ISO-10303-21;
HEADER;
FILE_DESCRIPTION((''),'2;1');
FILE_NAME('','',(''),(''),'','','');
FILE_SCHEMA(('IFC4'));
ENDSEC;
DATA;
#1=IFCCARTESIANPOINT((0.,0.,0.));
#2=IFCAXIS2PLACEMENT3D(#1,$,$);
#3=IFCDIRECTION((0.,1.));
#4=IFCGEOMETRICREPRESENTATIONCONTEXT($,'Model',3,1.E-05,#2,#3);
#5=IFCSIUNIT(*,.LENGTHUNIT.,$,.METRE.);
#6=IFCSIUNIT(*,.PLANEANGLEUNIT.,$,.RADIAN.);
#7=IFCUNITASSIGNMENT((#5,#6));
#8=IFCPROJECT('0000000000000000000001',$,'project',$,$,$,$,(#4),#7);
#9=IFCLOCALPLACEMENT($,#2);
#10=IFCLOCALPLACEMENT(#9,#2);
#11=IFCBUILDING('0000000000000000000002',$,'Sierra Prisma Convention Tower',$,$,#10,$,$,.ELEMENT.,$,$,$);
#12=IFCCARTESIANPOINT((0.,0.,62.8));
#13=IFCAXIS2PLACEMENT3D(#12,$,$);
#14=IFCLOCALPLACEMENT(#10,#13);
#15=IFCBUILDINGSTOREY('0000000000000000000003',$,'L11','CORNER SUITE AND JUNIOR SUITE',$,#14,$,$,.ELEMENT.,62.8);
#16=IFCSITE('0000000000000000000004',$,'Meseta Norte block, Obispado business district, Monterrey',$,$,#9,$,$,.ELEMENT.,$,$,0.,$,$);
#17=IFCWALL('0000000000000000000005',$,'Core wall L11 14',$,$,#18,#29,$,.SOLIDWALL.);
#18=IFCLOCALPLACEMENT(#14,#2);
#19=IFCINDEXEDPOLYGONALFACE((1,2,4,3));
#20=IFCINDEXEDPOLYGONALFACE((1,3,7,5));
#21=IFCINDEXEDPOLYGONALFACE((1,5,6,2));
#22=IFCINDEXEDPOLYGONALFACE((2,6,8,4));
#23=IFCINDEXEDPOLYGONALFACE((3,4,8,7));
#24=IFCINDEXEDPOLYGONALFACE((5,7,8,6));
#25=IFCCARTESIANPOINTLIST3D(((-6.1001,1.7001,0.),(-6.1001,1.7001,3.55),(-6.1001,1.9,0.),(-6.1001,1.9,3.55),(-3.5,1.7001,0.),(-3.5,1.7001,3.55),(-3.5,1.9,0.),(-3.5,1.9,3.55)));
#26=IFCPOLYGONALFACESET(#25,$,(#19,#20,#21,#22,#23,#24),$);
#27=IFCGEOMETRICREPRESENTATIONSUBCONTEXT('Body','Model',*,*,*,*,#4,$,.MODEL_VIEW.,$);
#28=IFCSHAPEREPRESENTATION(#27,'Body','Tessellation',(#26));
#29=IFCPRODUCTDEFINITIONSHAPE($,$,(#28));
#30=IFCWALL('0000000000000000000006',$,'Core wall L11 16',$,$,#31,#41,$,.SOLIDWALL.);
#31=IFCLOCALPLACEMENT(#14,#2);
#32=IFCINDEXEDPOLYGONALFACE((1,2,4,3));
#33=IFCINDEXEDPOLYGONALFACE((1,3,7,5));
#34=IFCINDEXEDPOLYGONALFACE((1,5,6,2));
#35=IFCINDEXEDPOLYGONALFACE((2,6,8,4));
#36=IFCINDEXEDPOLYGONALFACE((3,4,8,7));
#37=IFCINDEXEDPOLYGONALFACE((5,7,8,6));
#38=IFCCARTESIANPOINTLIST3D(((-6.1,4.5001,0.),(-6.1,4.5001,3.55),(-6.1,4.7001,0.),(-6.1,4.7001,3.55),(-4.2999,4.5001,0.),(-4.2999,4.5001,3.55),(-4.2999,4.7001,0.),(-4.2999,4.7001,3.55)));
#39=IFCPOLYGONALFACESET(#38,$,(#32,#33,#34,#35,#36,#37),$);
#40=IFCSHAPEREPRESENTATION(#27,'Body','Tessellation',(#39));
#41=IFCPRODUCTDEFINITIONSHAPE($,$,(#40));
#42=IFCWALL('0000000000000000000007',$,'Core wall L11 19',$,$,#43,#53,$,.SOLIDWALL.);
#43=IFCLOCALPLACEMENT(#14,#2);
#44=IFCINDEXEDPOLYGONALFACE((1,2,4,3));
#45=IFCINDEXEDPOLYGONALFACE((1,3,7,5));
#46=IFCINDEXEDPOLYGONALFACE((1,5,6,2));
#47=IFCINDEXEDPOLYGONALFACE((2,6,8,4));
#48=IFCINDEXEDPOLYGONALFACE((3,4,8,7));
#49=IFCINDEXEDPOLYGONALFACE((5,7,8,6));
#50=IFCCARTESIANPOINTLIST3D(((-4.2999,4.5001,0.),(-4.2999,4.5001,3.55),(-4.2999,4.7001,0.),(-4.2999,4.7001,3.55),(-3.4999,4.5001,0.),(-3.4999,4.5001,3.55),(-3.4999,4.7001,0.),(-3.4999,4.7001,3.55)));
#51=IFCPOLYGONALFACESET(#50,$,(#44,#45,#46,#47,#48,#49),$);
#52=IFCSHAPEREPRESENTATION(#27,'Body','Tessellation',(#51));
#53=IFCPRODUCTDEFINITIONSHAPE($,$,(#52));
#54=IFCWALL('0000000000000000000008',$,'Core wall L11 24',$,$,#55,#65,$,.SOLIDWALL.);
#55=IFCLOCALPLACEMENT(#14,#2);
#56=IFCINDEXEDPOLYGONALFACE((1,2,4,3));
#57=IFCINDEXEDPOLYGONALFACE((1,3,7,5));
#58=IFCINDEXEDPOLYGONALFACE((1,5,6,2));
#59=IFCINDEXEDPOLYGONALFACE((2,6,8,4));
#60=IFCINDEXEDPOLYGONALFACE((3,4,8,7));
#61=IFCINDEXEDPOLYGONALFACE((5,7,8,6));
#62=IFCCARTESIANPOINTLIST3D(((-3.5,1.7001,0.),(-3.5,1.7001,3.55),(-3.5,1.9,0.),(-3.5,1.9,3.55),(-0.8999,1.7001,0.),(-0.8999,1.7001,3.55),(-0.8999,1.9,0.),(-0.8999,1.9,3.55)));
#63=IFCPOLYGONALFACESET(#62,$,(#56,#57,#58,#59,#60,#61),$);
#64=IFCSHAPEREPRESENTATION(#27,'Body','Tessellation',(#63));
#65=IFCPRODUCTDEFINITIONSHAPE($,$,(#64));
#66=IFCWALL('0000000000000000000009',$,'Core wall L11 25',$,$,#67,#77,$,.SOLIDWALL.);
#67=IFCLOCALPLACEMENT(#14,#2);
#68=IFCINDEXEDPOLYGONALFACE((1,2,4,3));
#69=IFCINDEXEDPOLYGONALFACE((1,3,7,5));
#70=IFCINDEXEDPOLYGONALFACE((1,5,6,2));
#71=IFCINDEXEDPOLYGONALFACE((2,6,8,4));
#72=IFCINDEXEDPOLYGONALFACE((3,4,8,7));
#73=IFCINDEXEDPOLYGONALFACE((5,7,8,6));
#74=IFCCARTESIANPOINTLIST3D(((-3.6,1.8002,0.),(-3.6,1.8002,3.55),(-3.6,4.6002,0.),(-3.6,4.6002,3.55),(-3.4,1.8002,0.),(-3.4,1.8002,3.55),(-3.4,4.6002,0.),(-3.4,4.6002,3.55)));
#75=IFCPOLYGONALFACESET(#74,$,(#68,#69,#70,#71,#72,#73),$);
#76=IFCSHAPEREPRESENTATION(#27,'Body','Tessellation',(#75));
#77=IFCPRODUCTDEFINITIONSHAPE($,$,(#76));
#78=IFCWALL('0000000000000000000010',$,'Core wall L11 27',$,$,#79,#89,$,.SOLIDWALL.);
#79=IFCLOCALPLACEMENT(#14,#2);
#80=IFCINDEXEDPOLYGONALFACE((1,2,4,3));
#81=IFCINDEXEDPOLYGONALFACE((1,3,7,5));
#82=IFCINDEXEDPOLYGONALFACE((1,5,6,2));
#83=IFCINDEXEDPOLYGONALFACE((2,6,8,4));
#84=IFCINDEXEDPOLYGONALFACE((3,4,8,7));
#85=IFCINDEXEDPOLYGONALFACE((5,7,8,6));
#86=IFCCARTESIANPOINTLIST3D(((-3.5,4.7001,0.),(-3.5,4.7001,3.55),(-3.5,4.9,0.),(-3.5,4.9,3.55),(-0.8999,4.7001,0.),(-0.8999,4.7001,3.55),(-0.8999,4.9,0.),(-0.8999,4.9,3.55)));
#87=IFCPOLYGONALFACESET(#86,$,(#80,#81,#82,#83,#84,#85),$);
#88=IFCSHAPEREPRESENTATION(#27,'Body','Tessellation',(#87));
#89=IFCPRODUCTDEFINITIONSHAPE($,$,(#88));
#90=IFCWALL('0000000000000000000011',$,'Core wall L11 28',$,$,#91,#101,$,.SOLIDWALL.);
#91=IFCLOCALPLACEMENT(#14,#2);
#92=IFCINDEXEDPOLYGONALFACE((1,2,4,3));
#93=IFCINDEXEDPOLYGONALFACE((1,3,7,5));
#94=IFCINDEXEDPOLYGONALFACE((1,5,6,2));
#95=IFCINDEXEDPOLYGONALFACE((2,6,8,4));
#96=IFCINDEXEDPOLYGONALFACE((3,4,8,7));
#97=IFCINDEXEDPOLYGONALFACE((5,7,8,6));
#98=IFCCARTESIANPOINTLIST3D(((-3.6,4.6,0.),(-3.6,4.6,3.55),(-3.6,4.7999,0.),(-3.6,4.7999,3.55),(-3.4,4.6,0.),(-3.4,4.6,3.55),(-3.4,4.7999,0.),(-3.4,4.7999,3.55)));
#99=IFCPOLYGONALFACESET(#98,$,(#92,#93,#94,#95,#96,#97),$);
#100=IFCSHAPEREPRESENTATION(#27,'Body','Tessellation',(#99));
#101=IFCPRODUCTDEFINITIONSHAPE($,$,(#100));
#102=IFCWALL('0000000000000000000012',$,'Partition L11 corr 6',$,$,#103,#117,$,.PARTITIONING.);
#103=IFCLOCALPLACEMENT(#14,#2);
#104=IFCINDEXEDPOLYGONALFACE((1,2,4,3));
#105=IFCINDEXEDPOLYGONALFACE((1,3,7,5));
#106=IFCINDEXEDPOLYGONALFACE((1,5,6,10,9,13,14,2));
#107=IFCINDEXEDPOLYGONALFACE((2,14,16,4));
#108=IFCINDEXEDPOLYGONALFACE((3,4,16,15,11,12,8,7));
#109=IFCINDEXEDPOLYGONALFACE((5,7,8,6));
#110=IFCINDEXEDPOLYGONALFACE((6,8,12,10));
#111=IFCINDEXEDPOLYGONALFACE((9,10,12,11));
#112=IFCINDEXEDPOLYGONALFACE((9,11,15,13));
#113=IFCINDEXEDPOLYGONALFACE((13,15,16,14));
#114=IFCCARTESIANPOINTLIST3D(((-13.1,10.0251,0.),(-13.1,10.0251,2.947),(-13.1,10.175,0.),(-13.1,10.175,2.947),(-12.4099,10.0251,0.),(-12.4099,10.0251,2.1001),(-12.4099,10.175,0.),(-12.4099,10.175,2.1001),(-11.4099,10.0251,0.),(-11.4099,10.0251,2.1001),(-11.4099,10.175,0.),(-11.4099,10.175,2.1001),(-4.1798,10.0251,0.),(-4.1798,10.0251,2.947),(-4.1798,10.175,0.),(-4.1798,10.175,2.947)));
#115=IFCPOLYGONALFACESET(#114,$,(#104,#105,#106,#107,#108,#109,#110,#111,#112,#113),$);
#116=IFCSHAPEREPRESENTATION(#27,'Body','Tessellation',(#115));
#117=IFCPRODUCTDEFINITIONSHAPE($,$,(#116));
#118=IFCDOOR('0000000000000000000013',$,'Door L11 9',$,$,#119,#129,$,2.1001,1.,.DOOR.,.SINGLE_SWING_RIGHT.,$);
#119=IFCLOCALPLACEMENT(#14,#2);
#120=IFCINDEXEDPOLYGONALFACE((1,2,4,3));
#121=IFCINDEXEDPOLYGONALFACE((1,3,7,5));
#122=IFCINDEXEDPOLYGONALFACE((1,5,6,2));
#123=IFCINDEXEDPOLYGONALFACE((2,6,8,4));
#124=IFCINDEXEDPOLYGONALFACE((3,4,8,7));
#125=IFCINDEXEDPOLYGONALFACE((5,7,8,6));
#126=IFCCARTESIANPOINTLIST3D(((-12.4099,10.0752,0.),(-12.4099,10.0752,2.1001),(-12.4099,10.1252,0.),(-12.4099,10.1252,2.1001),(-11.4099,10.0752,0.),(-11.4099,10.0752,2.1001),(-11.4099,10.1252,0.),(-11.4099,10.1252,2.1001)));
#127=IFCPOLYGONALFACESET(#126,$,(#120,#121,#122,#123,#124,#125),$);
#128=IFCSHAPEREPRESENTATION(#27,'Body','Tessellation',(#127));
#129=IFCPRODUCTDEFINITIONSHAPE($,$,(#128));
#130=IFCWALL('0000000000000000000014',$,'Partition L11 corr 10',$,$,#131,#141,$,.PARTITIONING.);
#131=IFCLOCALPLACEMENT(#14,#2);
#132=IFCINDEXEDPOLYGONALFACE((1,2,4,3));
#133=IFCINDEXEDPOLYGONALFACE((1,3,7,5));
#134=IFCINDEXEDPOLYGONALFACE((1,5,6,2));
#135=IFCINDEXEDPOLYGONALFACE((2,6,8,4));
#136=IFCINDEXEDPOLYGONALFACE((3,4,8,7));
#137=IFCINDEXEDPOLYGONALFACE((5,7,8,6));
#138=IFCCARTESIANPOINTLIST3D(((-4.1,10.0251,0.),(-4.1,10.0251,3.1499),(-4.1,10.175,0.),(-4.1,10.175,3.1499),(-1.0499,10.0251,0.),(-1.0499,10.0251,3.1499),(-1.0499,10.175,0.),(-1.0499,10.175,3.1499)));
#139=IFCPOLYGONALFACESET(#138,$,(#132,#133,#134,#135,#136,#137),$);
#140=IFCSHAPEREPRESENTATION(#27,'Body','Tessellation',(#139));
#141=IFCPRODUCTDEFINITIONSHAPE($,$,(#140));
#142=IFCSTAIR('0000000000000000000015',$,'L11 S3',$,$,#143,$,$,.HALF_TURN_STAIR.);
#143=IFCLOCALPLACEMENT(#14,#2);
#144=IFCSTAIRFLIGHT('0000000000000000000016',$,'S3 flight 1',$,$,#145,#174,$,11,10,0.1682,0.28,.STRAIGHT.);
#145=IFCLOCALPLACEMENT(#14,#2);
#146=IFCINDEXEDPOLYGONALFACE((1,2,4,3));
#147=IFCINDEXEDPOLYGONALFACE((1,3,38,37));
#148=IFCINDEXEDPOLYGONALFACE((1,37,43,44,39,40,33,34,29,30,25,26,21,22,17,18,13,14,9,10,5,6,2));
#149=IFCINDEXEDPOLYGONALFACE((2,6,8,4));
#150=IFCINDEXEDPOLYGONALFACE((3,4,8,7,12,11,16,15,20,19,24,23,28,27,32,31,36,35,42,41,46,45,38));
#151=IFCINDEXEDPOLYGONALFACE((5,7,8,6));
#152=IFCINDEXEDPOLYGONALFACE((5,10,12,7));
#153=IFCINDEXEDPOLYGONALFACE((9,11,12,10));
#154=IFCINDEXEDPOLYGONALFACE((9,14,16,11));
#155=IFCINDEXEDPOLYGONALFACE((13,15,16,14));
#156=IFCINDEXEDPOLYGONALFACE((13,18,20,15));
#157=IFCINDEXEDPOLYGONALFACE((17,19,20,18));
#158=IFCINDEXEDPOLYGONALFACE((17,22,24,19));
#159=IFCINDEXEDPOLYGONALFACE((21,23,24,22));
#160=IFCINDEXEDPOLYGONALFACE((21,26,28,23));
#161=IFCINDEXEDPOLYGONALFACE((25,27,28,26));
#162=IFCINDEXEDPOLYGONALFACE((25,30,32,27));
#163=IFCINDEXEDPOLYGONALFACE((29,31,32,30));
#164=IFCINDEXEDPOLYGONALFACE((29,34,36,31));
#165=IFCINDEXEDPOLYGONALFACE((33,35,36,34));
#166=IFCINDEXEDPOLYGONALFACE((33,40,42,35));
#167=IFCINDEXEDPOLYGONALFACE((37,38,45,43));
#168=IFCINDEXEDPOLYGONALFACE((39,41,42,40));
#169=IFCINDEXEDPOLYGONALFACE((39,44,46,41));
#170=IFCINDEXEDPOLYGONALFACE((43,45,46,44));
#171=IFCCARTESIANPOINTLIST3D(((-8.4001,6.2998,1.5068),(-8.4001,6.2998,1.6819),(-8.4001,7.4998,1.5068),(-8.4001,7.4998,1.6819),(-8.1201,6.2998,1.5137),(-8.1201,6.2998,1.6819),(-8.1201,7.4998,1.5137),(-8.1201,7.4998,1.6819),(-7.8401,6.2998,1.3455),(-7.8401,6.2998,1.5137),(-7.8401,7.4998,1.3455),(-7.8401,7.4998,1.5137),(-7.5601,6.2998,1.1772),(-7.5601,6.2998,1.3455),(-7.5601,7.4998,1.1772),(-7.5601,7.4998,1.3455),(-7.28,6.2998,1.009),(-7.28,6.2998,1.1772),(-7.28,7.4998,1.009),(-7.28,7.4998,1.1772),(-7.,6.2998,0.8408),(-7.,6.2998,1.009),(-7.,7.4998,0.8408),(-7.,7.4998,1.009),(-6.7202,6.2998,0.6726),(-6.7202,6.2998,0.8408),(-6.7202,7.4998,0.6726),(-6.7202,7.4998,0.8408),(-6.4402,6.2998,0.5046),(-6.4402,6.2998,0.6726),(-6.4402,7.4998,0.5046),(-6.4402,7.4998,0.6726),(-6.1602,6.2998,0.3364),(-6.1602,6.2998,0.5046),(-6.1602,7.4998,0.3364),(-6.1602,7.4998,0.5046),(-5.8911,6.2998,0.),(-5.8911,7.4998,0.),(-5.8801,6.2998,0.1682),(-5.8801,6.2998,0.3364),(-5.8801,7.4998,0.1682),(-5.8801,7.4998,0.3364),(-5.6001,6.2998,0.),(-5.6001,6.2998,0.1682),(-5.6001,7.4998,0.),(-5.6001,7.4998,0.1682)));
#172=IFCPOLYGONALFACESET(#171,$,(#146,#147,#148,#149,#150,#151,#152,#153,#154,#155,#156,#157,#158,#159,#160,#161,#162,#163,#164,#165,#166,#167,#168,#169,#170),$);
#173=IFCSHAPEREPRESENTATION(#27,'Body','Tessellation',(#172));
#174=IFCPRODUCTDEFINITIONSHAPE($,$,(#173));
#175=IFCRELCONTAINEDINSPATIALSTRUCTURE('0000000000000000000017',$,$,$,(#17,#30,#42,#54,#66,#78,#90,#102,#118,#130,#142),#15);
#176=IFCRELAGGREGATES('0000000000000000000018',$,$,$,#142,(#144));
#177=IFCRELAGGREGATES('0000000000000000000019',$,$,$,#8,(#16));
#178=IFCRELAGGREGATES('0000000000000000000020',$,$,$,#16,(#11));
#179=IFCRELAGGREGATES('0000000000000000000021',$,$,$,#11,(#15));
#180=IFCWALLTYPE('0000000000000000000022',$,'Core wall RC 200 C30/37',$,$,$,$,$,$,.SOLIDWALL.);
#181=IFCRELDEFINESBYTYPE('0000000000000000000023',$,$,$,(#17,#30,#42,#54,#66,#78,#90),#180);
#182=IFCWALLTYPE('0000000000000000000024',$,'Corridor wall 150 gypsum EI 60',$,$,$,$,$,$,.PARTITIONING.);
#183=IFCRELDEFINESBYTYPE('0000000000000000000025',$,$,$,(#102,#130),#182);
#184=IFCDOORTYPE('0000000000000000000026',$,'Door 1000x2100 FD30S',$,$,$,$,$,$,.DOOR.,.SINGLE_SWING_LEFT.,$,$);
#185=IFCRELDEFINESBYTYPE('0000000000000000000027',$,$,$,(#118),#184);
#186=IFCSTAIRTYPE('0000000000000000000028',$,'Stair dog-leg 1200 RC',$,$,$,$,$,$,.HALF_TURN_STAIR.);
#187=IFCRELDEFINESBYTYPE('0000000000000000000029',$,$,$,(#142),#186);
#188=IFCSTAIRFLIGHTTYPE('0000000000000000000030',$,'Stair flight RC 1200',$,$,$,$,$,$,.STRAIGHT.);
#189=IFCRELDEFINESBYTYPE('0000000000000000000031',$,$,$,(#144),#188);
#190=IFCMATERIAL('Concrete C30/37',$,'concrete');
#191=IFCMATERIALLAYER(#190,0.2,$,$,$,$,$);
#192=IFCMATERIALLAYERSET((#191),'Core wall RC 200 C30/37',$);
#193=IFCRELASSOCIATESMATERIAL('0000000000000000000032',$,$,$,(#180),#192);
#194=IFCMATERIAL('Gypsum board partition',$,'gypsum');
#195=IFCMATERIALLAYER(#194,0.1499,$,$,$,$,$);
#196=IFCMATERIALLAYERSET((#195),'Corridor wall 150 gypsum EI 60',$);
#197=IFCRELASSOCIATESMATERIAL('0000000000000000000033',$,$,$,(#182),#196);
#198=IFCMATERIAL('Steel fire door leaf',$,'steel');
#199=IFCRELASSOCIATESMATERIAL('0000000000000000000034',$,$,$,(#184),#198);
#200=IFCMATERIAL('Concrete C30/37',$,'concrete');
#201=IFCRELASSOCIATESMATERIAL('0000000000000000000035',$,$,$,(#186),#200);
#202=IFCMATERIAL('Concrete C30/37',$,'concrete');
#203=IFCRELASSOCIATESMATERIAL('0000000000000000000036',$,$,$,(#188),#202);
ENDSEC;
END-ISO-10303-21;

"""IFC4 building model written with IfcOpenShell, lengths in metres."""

from ifc_helpers import new_model, si_unit, direction, frame, frame_2d, origin, place, context, subcontext, project, spatial, polyline, rectangle, outline, extrude, material, layer, layer_set, type_object, element, fill, aggregate, save


model = new_model("IFC4")

# Units and contexts
model_context = context("Model", 3, precision=1e-05, world=origin(), true_north=direction((0.0, 1.0)))
body_context = subcontext(model_context, "Body", "Model", "MODEL_VIEW")
ifc_project = project(units=[si_unit("LENGTHUNIT", "METRE"), si_unit("PLANEANGLEUNIT", "RADIAN")], contexts=[model_context])

# Site, building, storey
site_placement = place(None, origin())
site = spatial("IfcSite", under=ifc_project, at=site_placement, Name="Meseta Norte block, Obispado business district, Monterrey", CompositionType="ELEMENT", RefElevation=0.0)
building_placement = place(site_placement, origin())
building = spatial("IfcBuilding", under=site, at=building_placement, Name="Sierra Prisma Convention Tower", CompositionType="ELEMENT")
storey_placement = place(building_placement, frame((0.0, 0.0, 62.8)))
storey = spatial("IfcBuildingStorey", under=building, at=storey_placement, Name="L11", Description="CORNER SUITE AND JUNIOR SUITE", CompositionType="ELEMENT", Elevation=62.8)

# Walls
ifc_material_1 = material(Name="Concrete C30/37", Category="concrete")
ifc_layer_1 = layer(ifc_material_1, 0.2)
ifc_layer_set_1 = layer_set([ifc_layer_1], Name="Core wall RC 200 C30/37")
wall_type_1 = type_object("IfcWallType", Name="Core wall RC 200 C30/37", PredefinedType="SOLIDWALL", material=ifc_layer_set_1)
wall_1_placement = place(storey_placement, frame((-3.5, 1.8, 0.0), z_axis=(0.0, 0.0, 1.0), x_axis=(-1.0, 0.0, 0.0)))
element("IfcWall", 1, at=wall_1_placement, inside=storey, type_object=wall_type_1, Name="Core wall L11 14", PredefinedType="SOLIDWALL", context=body_context, shape_type="SweptSolid", body=[
    extrude(rectangle(XDim=2.6001, YDim=0.2, at=frame_2d((1.3, 0.0))), origin(), (0.0, 0.0, 1.0), 3.55),
])
wall_2_placement = place(storey_placement, frame((-4.3, 4.6001, 0.0), z_axis=(0.0, 0.0, 1.0), x_axis=(-1.0, 0.0, 0.0)))
element("IfcWall", 2, at=wall_2_placement, inside=storey, type_object=wall_type_1, Name="Core wall L11 16", PredefinedType="SOLIDWALL", context=body_context, shape_type="SweptSolid", body=[
    extrude(rectangle(XDim=1.8, YDim=0.2, at=frame_2d((0.8999, 0.0))), origin(), (0.0, 0.0, 1.0), 3.55),
])
wall_3_placement = place(storey_placement, frame((-3.5, 4.6001, 0.0), z_axis=(0.0, 0.0, 1.0), x_axis=(-1.0, 0.0, 0.0)))
element("IfcWall", 3, at=wall_3_placement, inside=storey, type_object=wall_type_1, Name="Core wall L11 19", PredefinedType="SOLIDWALL", context=body_context, shape_type="SweptSolid", body=[
    extrude(rectangle(XDim=0.8, YDim=0.2, at=frame_2d((0.3999, 0.0))), origin(), (0.0, 0.0, 1.0), 3.55),
])

# Walls
wall_4_placement = place(storey_placement, frame((-0.8999, 1.8, 0.0), z_axis=(0.0, 0.0, 1.0), x_axis=(-1.0, 0.0, 0.0)))
element("IfcWall", 4, at=wall_4_placement, inside=storey, type_object=wall_type_1, Name="Core wall L11 24", PredefinedType="SOLIDWALL", context=body_context, shape_type="SweptSolid", body=[
    extrude(rectangle(XDim=2.6001, YDim=0.2, at=frame_2d((1.3, 0.0))), origin(), (0.0, 0.0, 1.0), 3.55),
])
wall_5_placement = place(storey_placement, frame((-3.5, 4.6001, 0.0), z_axis=(0.0, 0.0, 1.0), x_axis=(0.0, -1.0, 0.0)))
element("IfcWall", 5, at=wall_5_placement, inside=storey, type_object=wall_type_1, Name="Core wall L11 25", PredefinedType="SOLIDWALL", context=body_context, shape_type="SweptSolid", body=[
    extrude(rectangle(XDim=2.8, YDim=0.2, at=frame_2d((1.3999, 0.0))), origin(), (0.0, 0.0, 1.0), 3.55),
])

# Walls
wall_6_placement = place(storey_placement, frame((-0.8999, 4.8, 0.0), z_axis=(0.0, 0.0, 1.0), x_axis=(-1.0, 0.0, 0.0)))
element("IfcWall", 6, at=wall_6_placement, inside=storey, type_object=wall_type_1, Name="Core wall L11 27", PredefinedType="SOLIDWALL", context=body_context, shape_type="SweptSolid", body=[
    extrude(rectangle(XDim=2.6001, YDim=0.2, at=frame_2d((1.3, 0.0))), origin(), (0.0, 0.0, 1.0), 3.55),
])
wall_7_placement = place(storey_placement, frame((-3.5, 4.8, 0.0), z_axis=(0.0, 0.0, 1.0), x_axis=(0.0, -1.0, 0.0)))
element("IfcWall", 7, at=wall_7_placement, inside=storey, type_object=wall_type_1, Name="Core wall L11 28", PredefinedType="SOLIDWALL", context=body_context, shape_type="SweptSolid", body=[
    extrude(rectangle(XDim=0.2, YDim=0.2, at=frame_2d((0.1001, 0.0))), origin(), (0.0, 0.0, 1.0), 3.55),
])

# Wall, opening, door
ifc_material_2 = material(Name="Gypsum board partition", Category="gypsum")
ifc_layer_2 = layer(ifc_material_2, 0.1499)
ifc_layer_set_2 = layer_set([ifc_layer_2], Name="Corridor wall 150 gypsum EI 60")
wall_type_2 = type_object("IfcWallType", Name="Corridor wall 150 gypsum EI 60", PredefinedType="PARTITIONING", material=ifc_layer_set_2)
wall_8_placement = place(storey_placement, frame((-4.1799, 10.1001, 0.0), z_axis=(0.0, 0.0, 1.0), x_axis=(-1.0, 0.0, 0.0)))
wall_8 = element("IfcWall", 8, at=wall_8_placement, inside=storey, type_object=wall_type_2, Name="Partition L11 corr 6", PredefinedType="PARTITIONING", context=body_context, shape_type="SweptSolid", body=[
    extrude(rectangle(XDim=8.9202, YDim=0.1499, at=frame_2d((4.46, 0.0))), origin(), (0.0, 0.0, 1.0), 2.947),
])
opening_1_placement = place(wall_8_placement, frame((7.23, 0.0, 0.0)))
opening_1 = element("IfcOpeningElement", 9, at=opening_1_placement, cuts=wall_8, PredefinedType="OPENING", context=body_context, shape_type="SweptSolid", body=[
    extrude(rectangle(XDim=1.0, YDim=2.1001, at=frame_2d((0.5, 1.05))), frame((0.0, 0.075, 0.0), z_axis=(0.0, -1.0, 0.0), x_axis=(1.0, 0.0, 0.0)), (0.0, 0.0, 1.0), 0.1499),
])
ifc_material_3 = material(Name="Steel fire door leaf", Category="steel")
door_type_1 = type_object("IfcDoorType", Name="Door 1000x2100 FD30S", OperationType="SINGLE_SWING_LEFT", PredefinedType="DOOR", material=ifc_material_3)
door_1_placement = place(opening_1_placement, origin())
door_1 = element("IfcDoor", 10, at=door_1_placement, inside=storey, type_object=door_type_1, Name="Door L11 9", OperationType="SINGLE_SWING_RIGHT", OverallHeight=2.1001, OverallWidth=1.0, PredefinedType="DOOR", context=body_context, shape_type="SweptSolid", body=[
    extrude(rectangle(XDim=1.0, YDim=2.1001, at=frame_2d((0.5, 1.05))), frame((0.0, 0.0249, 0.0), z_axis=(0.0, -1.0, 0.0), x_axis=(1.0, 0.0, 0.0)), (0.0, 0.0, 1.0), 0.05),
])
fill(opening_1, door_1)

# Wall
wall_9_placement = place(storey_placement, frame((-1.05, 10.1001, 0.0), z_axis=(0.0, 0.0, 1.0), x_axis=(-1.0, 0.0, 0.0)))
element("IfcWall", 11, at=wall_9_placement, inside=storey, type_object=wall_type_2, Name="Partition L11 corr 10", PredefinedType="PARTITIONING", context=body_context, shape_type="SweptSolid", body=[
    extrude(rectangle(XDim=3.05, YDim=0.1499, at=frame_2d((1.5249, 0.0))), origin(), (0.0, 0.0, 1.0), 3.1499),
])

# Stair, stair flight
ifc_material_4 = material(Name="Concrete C30/37", Category="concrete")
stair_type = type_object("IfcStairType", Name="Stair dog-leg 1200 RC", PredefinedType="HALF_TURN_STAIR", material=ifc_material_4)
stair_placement = place(storey_placement, origin())
stair = element("IfcStair", 12, at=stair_placement, inside=storey, type_object=stair_type, Name="L11 S3", PredefinedType="HALF_TURN_STAIR")
ifc_material_5 = material(Name="Concrete C30/37", Category="concrete")
stair_flight_type = type_object("IfcStairFlightType", Name="Stair flight RC 1200", PredefinedType="STRAIGHT", material=ifc_material_5)
stair_flight_placement = place(storey_placement, frame((-5.6001, 6.8999, 0.0), z_axis=(0.0, 0.0, 1.0), x_axis=(-1.0, 0.0, 0.0)))
stair_flight = element("IfcStairFlight", 13, at=stair_flight_placement, type_object=stair_flight_type, Name="S3 flight 1", NumberOfRisers=11, NumberOfTreads=10, PredefinedType="STRAIGHT", RiserHeight=0.1682, TreadLength=0.28, context=body_context, shape_type="SweptSolid", body=[
    extrude(outline(polyline([(0.0, 0.0), (0.0, 0.1682), (0.28, 0.1682), (0.28, 0.3364), (0.5601, 0.3364), (0.5601, 0.5046), (0.8401, 0.5046), (0.8401, 0.6726), (1.1201, 0.6726), (1.1201, 0.8408), (1.3999, 0.8408), (1.3999, 1.009), (1.6799, 1.009), (1.6799, 1.1772), (1.96, 1.1772), (1.96, 1.3455), (2.24, 1.3455), (2.24, 1.5137), (2.52, 1.5137), (2.52, 1.6819), (2.8, 1.6819), (2.8, 1.8501), (2.8, 1.5068), (0.291, 0.0), (0.0, 0.0)])), frame((0.0, 0.6001, 0.0), z_axis=(0.0, -1.0, 0.0), x_axis=(1.0, 0.0, 0.0)), (0.0, 0.0, 1.0), 1.2),
])
aggregate(stair, [stair_flight])

save(model, "model.ifc")
